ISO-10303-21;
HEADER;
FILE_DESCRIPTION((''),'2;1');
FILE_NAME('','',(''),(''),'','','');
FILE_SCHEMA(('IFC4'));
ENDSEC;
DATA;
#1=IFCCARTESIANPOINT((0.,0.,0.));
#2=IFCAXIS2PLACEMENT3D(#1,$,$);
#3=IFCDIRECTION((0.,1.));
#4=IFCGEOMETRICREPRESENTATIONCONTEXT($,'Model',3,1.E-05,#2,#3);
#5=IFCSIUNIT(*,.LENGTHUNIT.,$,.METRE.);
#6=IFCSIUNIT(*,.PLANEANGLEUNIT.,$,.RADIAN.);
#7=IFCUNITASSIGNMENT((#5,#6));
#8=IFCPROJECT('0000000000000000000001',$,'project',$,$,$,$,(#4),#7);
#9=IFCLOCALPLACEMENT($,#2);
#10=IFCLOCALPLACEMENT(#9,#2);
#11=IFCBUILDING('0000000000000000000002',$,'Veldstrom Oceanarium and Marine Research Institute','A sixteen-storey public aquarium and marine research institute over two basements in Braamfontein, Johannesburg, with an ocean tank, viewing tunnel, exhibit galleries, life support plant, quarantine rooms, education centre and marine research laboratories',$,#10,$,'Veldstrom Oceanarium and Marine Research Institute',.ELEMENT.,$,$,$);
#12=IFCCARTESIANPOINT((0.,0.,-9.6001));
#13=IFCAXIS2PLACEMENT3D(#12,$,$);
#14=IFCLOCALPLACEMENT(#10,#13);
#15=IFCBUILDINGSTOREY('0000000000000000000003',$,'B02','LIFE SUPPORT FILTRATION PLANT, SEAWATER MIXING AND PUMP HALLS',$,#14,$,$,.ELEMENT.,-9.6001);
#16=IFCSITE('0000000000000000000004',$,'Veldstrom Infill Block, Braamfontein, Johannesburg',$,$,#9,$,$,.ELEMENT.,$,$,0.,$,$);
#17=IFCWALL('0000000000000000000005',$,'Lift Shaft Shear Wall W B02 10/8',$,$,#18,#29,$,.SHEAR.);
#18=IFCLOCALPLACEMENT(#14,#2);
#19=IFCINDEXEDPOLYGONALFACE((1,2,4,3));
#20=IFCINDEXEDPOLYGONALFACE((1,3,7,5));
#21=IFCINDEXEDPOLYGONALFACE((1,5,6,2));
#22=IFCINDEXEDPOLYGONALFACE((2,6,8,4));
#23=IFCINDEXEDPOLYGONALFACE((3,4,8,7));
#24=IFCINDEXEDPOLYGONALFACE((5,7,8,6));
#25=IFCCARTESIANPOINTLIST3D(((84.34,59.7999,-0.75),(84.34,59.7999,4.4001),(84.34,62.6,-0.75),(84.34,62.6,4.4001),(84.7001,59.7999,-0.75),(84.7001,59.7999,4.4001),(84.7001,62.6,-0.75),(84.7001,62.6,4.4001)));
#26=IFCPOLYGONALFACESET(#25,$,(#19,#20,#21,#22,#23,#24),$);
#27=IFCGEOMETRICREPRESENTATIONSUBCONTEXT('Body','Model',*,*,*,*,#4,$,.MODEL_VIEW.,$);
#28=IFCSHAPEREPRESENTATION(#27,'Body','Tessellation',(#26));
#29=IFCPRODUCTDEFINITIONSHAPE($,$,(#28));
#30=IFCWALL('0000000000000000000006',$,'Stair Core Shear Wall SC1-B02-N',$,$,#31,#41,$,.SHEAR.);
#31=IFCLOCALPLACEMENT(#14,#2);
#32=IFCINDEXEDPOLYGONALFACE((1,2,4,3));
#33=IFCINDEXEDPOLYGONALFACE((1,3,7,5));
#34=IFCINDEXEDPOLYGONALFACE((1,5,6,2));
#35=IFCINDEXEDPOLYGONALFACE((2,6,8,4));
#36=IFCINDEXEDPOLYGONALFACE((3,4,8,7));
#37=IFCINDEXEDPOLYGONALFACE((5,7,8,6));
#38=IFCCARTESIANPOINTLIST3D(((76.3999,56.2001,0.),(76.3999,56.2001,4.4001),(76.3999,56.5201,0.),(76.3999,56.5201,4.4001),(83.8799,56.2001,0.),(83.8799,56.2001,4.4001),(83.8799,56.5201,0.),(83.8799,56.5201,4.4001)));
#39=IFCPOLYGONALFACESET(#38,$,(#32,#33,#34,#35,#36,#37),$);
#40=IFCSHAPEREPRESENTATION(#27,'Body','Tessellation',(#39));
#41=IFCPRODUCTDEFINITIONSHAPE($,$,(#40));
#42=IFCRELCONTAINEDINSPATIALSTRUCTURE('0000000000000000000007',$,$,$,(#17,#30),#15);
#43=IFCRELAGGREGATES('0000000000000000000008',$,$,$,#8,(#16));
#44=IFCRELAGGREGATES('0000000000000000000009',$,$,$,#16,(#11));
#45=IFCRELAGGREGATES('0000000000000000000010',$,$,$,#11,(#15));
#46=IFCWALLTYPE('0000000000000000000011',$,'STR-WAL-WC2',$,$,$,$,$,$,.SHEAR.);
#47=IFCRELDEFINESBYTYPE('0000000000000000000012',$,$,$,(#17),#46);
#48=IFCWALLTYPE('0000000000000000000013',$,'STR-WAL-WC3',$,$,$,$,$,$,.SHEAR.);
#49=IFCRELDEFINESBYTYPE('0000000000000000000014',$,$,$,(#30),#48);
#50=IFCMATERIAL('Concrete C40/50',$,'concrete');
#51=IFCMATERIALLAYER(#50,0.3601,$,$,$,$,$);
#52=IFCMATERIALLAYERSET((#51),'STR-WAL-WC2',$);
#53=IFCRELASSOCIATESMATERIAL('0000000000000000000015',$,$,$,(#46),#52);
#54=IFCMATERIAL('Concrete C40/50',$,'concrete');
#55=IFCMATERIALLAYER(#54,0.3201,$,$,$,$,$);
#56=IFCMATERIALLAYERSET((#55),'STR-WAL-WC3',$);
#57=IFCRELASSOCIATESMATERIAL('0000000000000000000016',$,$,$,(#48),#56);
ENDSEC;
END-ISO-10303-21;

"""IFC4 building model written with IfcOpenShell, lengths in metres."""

from ifc_helpers import new_model, si_unit, direction, frame, frame_2d, origin, place, context, subcontext, project, spatial, rectangle, extrude, material, layer, layer_set, type_object, element, save


model = new_model("IFC4")

# Units and contexts
model_context = context("Model", 3, precision=1e-05, world=origin(), true_north=direction((0.0, 1.0)))
body_context = subcontext(model_context, "Body", "Model", "MODEL_VIEW")
ifc_project = project(units=[si_unit("LENGTHUNIT", "METRE"), si_unit("PLANEANGLEUNIT", "RADIAN")], contexts=[model_context])

# Site, building, storey
site_placement = place(None, origin())
site = spatial("IfcSite", under=ifc_project, at=site_placement, Name="Veldstrom Infill Block, Braamfontein, Johannesburg", CompositionType="ELEMENT", RefElevation=0.0)
building_placement = place(site_placement, origin())
building = spatial("IfcBuilding", under=site, at=building_placement, Name="Veldstrom Oceanarium and Marine Research Institute", Description="A sixteen-storey public aquarium and marine research institute over two basements in Braamfontein, Johannesburg, with an ocean tank, viewing tunnel, exhibit galleries, life support plant, quarantine rooms, education centre and marine research laboratories", LongName="Veldstrom Oceanarium and Marine Research Institute", CompositionType="ELEMENT")
storey_placement = place(building_placement, frame((0.0, 0.0, -9.6001)))
storey = spatial("IfcBuildingStorey", under=building, at=storey_placement, Name="B02", Description="LIFE SUPPORT FILTRATION PLANT, SEAWATER MIXING AND PUMP HALLS", CompositionType="ELEMENT", Elevation=-9.6001)

# Shared definitions
ifc_material_1 = material(Name="Concrete C40/50", Category="concrete")
ifc_layer_1 = layer(ifc_material_1, 0.3601)
ifc_layer_set_1 = layer_set([ifc_layer_1], Name="STR-WAL-WC2")
wall_type_1 = type_object("IfcWallType", Name="STR-WAL-WC2", PredefinedType="SHEAR", material=ifc_layer_set_1)

# Walls
wall_1_placement = place(storey_placement, frame((84.52, 59.8, -0.75), z_axis=(0.0, 0.0, 1.0), x_axis=(0.0, 1.0, 0.0)))
element("IfcWall", 1, at=wall_1_placement, inside=storey, type_object=wall_type_1, Name="Lift Shaft Shear Wall W B02 10/8", PredefinedType="SHEAR", context=body_context, shape_type="SweptSolid", body=[
    extrude(rectangle(XDim=2.8, YDim=0.3601, at=frame_2d((1.3999, 0.0))), origin(), (0.0, 0.0, 1.0), 5.1501),
])
ifc_material_2 = material(Name="Concrete C40/50", Category="concrete")
ifc_layer_2 = layer(ifc_material_2, 0.3201)
ifc_layer_set_2 = layer_set([ifc_layer_2], Name="STR-WAL-WC3")
wall_type_2 = type_object("IfcWallType", Name="STR-WAL-WC3", PredefinedType="SHEAR", material=ifc_layer_set_2)
wall_2_placement = place(storey_placement, frame((76.3999, 56.3601, 0.0), z_axis=(0.0, 0.0, 1.0), x_axis=(1.0, 0.0, 0.0)))
element("IfcWall", 2, at=wall_2_placement, inside=storey, type_object=wall_type_2, Name="Stair Core Shear Wall SC1-B02-N", PredefinedType="SHEAR", context=body_context, shape_type="SweptSolid", body=[
    extrude(rectangle(XDim=7.48, YDim=0.3201, at=frame_2d((3.74, 0.0))), origin(), (0.0, 0.0, 1.0), 4.4001),
])

save(model, "model.ifc")
